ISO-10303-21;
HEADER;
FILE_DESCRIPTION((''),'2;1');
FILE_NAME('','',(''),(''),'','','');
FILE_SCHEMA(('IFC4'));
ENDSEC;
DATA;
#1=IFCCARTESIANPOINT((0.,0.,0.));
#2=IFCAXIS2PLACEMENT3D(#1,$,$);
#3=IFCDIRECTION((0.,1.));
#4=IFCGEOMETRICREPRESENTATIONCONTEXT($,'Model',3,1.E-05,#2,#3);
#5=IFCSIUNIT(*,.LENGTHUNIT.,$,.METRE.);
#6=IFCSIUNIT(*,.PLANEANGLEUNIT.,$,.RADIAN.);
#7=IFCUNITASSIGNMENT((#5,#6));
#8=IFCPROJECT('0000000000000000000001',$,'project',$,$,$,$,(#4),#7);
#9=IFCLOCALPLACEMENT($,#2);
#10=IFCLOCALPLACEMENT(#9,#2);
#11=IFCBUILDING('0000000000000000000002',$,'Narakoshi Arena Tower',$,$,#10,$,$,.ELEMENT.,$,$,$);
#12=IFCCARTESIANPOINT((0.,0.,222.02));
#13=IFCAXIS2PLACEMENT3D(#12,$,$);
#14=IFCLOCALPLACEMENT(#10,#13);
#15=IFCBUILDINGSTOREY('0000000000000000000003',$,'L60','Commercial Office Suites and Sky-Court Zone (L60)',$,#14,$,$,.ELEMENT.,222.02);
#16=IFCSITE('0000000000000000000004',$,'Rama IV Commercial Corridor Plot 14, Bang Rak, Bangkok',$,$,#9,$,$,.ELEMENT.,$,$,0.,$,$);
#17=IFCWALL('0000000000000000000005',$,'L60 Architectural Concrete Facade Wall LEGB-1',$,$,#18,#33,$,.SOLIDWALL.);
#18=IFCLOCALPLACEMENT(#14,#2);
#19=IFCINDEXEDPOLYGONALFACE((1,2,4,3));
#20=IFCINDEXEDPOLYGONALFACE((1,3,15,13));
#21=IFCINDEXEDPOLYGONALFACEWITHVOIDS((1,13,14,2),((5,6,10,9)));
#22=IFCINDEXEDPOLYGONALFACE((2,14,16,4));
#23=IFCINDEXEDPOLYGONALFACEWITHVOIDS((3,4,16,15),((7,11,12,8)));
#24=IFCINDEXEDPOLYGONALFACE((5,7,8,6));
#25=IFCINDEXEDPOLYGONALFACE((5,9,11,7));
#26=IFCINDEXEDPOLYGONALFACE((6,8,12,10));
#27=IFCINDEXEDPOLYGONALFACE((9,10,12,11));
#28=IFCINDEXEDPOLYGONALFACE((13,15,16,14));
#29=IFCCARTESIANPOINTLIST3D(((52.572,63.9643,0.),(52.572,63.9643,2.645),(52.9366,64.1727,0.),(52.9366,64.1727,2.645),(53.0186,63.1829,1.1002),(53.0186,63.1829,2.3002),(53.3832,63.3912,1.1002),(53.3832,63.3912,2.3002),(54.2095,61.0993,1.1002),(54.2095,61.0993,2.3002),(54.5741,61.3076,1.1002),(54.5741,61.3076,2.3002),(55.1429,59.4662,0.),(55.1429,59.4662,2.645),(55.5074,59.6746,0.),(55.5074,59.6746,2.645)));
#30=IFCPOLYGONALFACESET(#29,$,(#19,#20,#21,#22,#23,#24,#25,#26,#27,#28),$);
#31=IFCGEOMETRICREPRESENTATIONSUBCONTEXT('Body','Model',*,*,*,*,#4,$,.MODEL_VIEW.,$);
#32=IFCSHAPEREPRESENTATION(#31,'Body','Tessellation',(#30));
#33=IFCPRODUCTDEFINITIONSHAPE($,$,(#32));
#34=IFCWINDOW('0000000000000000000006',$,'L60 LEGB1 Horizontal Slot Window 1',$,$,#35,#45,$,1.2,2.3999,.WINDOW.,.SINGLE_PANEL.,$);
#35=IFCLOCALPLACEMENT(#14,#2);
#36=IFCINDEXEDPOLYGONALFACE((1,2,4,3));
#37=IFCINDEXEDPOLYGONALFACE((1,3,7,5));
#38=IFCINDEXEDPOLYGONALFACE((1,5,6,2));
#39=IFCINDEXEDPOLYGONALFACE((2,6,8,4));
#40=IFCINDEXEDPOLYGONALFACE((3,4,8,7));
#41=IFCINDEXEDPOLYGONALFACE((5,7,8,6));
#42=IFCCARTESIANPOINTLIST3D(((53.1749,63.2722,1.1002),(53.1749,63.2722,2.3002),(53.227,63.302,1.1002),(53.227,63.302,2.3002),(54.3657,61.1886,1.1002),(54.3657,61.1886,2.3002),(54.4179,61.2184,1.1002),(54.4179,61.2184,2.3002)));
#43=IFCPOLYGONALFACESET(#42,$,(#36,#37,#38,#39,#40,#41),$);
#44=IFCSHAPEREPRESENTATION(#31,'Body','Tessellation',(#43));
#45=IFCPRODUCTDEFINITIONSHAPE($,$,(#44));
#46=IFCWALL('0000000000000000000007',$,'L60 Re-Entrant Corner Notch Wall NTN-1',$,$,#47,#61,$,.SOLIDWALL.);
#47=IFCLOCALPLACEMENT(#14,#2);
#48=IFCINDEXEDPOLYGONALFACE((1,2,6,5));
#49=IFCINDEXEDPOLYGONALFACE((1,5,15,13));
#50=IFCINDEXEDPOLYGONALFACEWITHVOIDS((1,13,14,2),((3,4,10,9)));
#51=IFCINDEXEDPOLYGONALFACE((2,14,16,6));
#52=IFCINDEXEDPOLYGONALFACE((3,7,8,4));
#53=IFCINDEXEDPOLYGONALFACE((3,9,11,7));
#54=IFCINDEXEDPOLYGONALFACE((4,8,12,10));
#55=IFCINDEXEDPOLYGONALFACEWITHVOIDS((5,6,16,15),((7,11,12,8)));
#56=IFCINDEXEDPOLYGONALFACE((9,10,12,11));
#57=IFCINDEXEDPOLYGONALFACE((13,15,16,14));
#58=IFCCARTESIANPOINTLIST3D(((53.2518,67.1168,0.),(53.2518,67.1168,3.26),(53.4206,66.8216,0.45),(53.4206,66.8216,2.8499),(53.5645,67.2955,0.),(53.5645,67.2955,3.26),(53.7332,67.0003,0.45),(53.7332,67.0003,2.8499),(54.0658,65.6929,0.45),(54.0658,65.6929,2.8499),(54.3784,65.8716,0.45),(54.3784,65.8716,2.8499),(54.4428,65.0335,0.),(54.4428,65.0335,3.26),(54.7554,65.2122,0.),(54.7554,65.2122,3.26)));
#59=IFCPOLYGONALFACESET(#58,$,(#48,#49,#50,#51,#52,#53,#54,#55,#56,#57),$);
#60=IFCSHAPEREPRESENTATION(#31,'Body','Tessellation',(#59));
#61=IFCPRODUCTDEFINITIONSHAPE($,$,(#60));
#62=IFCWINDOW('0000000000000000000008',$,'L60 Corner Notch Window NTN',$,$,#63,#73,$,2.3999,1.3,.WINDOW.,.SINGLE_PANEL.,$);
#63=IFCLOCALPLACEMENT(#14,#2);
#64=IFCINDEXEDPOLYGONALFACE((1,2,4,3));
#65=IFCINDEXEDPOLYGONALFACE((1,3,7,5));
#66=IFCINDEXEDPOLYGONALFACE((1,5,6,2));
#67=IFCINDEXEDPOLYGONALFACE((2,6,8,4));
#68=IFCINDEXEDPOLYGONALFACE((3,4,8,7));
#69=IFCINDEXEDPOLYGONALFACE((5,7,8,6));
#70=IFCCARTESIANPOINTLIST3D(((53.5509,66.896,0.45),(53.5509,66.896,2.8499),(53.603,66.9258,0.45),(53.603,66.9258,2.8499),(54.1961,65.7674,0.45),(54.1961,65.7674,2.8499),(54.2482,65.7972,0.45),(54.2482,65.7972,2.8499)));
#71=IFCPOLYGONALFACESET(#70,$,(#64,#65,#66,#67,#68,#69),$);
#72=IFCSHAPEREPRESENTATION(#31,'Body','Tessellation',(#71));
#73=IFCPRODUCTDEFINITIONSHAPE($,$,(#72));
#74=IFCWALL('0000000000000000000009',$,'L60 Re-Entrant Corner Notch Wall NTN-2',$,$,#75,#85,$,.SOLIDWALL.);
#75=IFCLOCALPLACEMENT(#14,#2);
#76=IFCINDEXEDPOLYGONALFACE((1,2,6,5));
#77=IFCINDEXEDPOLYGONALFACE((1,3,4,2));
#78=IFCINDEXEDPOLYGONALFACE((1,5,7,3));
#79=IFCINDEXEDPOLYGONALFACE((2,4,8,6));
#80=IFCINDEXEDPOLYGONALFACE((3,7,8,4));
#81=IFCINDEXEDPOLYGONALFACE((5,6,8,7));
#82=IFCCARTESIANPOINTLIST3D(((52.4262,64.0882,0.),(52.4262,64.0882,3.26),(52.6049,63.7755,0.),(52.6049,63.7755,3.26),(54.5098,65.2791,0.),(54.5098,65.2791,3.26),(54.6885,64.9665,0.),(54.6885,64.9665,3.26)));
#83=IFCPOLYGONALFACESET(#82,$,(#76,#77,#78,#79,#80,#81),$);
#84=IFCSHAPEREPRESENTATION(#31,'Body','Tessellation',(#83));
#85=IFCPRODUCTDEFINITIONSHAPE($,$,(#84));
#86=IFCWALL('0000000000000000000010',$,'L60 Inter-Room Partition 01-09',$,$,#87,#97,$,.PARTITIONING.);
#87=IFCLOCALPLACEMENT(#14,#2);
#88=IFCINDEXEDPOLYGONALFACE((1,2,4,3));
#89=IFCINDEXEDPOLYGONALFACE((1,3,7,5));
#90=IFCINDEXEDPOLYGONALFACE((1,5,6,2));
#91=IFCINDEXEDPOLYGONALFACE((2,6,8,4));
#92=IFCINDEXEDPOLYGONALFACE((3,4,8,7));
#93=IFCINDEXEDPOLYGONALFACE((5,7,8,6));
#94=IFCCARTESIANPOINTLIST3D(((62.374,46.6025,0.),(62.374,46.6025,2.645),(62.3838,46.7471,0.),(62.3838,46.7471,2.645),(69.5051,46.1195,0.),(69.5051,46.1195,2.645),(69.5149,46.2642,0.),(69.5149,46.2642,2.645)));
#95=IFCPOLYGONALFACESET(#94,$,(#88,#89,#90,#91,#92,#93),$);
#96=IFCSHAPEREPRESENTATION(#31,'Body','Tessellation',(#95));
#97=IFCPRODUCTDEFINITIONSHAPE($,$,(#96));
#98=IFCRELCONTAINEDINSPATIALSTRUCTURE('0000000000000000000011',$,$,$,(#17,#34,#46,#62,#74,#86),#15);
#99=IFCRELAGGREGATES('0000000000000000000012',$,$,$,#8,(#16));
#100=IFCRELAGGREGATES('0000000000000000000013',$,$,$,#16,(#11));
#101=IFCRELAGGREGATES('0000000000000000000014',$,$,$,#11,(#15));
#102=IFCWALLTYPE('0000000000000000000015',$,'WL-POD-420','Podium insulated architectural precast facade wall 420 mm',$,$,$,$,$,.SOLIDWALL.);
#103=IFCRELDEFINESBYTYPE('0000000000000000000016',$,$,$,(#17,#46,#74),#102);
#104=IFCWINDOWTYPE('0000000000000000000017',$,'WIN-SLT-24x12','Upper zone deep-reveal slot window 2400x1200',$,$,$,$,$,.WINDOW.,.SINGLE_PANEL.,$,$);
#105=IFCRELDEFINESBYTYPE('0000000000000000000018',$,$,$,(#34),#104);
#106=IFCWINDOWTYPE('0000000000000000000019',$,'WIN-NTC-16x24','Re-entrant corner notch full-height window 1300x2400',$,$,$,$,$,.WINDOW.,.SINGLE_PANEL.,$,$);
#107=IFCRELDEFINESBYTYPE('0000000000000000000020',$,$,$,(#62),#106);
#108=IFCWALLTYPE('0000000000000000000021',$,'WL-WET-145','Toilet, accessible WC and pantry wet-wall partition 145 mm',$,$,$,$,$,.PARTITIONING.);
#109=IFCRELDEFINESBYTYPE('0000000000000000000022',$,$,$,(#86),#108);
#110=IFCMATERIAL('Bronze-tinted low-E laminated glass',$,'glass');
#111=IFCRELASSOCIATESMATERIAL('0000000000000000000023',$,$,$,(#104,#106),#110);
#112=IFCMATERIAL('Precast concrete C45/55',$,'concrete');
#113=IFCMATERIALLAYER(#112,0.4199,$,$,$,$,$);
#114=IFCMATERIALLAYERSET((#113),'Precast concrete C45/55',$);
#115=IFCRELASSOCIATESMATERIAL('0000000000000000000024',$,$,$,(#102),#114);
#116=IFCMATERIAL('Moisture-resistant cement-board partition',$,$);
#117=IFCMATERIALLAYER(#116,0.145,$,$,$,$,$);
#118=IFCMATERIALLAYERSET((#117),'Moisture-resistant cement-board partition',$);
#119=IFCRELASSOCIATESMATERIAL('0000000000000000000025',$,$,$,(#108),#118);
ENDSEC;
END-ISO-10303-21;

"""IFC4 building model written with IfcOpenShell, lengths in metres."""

from ifc_helpers import new_model, si_unit, direction, frame, frame_2d, origin, place, context, subcontext, project, spatial, rectangle, extrude, material, layer, layer_set, type_object, element, fill, save


model = new_model("IFC4")

# Units and contexts
model_context = context("Model", 3, precision=1e-05, world=origin(), true_north=direction((0.0, 1.0)))
body_context = subcontext(model_context, "Body", "Model", "MODEL_VIEW")
ifc_project = project(units=[si_unit("LENGTHUNIT", "METRE"), si_unit("PLANEANGLEUNIT", "RADIAN")], contexts=[model_context])

# Site, building, storey
site_placement = place(None, origin())
site = spatial("IfcSite", under=ifc_project, at=site_placement, Name="Rama IV Commercial Corridor Plot 14, Bang Rak, Bangkok", CompositionType="ELEMENT", RefElevation=0.0)
building_placement = place(site_placement, origin())
building = spatial("IfcBuilding", under=site, at=building_placement, Name="Narakoshi Arena Tower", CompositionType="ELEMENT")
storey_placement = place(building_placement, frame((0.0, 0.0, 222.02)))
storey = spatial("IfcBuildingStorey", under=building, at=storey_placement, Name="L60", Description="Commercial Office Suites and Sky-Court Zone (L60)", CompositionType="ELEMENT", Elevation=222.02)

# Shared definitions
ifc_material_1 = material(Name="Bronze-tinted low-E laminated glass", Category="glass")

# Shared definitions
window_type_1 = type_object("IfcWindowType", Name="WIN-SLT-24x12", Description="Upper zone deep-reveal slot window 2400x1200", PartitioningType="SINGLE_PANEL", PredefinedType="WINDOW", material=ifc_material_1)

# Shared definitions
ifc_material_2 = material(Name="Precast concrete C45/55", Category="concrete")

# Walls, openings, windows
ifc_layer_1 = layer(ifc_material_2, 0.4199)
ifc_layer_set_1 = layer_set([ifc_layer_1], Name="Precast concrete C45/55")
wall_type_1 = type_object("IfcWallType", Name="WL-POD-420", Description="Podium insulated architectural precast facade wall 420 mm", PredefinedType="SOLIDWALL", material=ifc_layer_set_1)
wall_1_placement = place(storey_placement, frame((52.7544, 64.0684, 0.0), z_axis=(0.0, 0.0, 1.0), x_axis=(0.49621, -0.868203, 0.0)))
wall_1 = element("IfcWall", 1, at=wall_1_placement, inside=storey, type_object=wall_type_1, Name="L60 Architectural Concrete Facade Wall LEGB-1", PredefinedType="SOLIDWALL", context=body_context, shape_type="SweptSolid", body=[
    extrude(rectangle(XDim=5.1809, YDim=0.4199, at=frame_2d((2.5903, 0.0))), origin(), (0.0, 0.0, 1.0), 2.645),
])
opening_1_placement = place(wall_1_placement, frame((0.8999, 0.0, 1.1001)))
opening_1 = element("IfcOpeningElement", 2, at=opening_1_placement, cuts=wall_1, PredefinedType="OPENING", context=body_context, shape_type="SweptSolid", body=[
    extrude(rectangle(XDim=2.3999, YDim=1.2, at=frame_2d((1.2, 0.6001))), frame((0.0, 0.22, 0.0), z_axis=(0.0, -1.0, 0.0), x_axis=(1.0, 0.0, 0.0)), (0.0, 0.0, 1.0), 0.4399),
])
window_1_placement = place(opening_1_placement, origin())
window_1 = element("IfcWindow", 3, at=window_1_placement, inside=storey, type_object=window_type_1, Name="L60 LEGB1 Horizontal Slot Window 1", OverallHeight=1.2, OverallWidth=2.3999, PartitioningType="SINGLE_PANEL", PredefinedType="WINDOW", context=body_context, shape_type="SweptSolid", body=[
    extrude(rectangle(XDim=2.3999, YDim=1.2, at=frame_2d((1.2, 0.6001))), frame((0.0, 0.03, 0.0), z_axis=(0.0, -1.0, 0.0), x_axis=(1.0, 0.0, 0.0)), (0.0, 0.0, 1.0), 0.0601),
])
fill(opening_1, window_1)
wall_2_placement = place(storey_placement, frame((53.4082, 67.2061, 0.0), z_axis=(0.0, 0.0, 1.0), x_axis=(0.496292, -0.868155, 0.0)))
wall_2 = element("IfcWall", 4, at=wall_2_placement, inside=storey, type_object=wall_type_1, Name="L60 Re-Entrant Corner Notch Wall NTN-1", PredefinedType="SOLIDWALL", context=body_context, shape_type="SweptSolid", body=[
    extrude(rectangle(XDim=2.3997, YDim=0.3601, at=frame_2d((1.1997, 0.0))), origin(), (0.0, 0.0, 1.0), 3.26),
])
opening_2_placement = place(wall_2_placement, frame((0.3401, 0.0, 0.45)))
opening_2 = element("IfcOpeningElement", 5, at=opening_2_placement, cuts=wall_2, PredefinedType="OPENING", context=body_context, shape_type="SweptSolid", body=[
    extrude(rectangle(XDim=1.3, YDim=2.3999, at=frame_2d((0.6499, 1.2))), frame((0.0, 0.1899, 0.0), z_axis=(0.0, -1.0, 0.0), x_axis=(1.0, 0.0, 0.0)), (0.0, 0.0, 1.0), 0.3801),
])
window_type_2 = type_object("IfcWindowType", Name="WIN-NTC-16x24", Description="Re-entrant corner notch full-height window 1300x2400", PartitioningType="SINGLE_PANEL", PredefinedType="WINDOW", material=ifc_material_1)
window_2_placement = place(opening_2_placement, origin())
window_2 = element("IfcWindow", 6, at=window_2_placement, inside=storey, type_object=window_type_2, Name="L60 Corner Notch Window NTN", OverallHeight=2.3999, OverallWidth=1.3, PartitioningType="SINGLE_PANEL", PredefinedType="WINDOW", context=body_context, shape_type="SweptSolid", body=[
    extrude(rectangle(XDim=1.3, YDim=2.3999, at=frame_2d((0.6499, 1.2))), frame((0.0, 0.03, 0.0), z_axis=(0.0, -1.0, 0.0), x_axis=(1.0, 0.0, 0.0)), (0.0, 0.0, 1.0), 0.0601),
])
fill(opening_2, window_2)

# Walls
wall_3_placement = place(storey_placement, frame((54.5991, 65.1228, 0.0), z_axis=(0.0, 0.0, 1.0), x_axis=(-0.868181, -0.496248, 0.0)))
element("IfcWall", 7, at=wall_3_placement, inside=storey, type_object=wall_type_1, Name="L60 Re-Entrant Corner Notch Wall NTN-2", PredefinedType="SOLIDWALL", context=body_context, shape_type="SweptSolid", body=[
    extrude(rectangle(XDim=2.3999, YDim=0.3601, at=frame_2d((1.2, 0.0))), origin(), (0.0, 0.0, 1.0), 3.26),
])
ifc_material_3 = material(Name="Moisture-resistant cement-board partition")
ifc_layer_2 = layer(ifc_material_3, 0.145)
ifc_layer_set_2 = layer_set([ifc_layer_2], Name="Moisture-resistant cement-board partition")
wall_type_2 = type_object("IfcWallType", Name="WL-WET-145", Description="Toilet, accessible WC and pantry wet-wall partition 145 mm", PredefinedType="PARTITIONING", material=ifc_layer_set_2)
wall_4_placement = place(storey_placement, frame((62.3789, 46.6748, 0.0), z_axis=(0.0, 0.0, 1.0), x_axis=(0.997715, -0.067564, 0.0)))
element("IfcWall", 8, at=wall_4_placement, inside=storey, type_object=wall_type_2, Name="L60 Inter-Room Partition 01-09", PredefinedType="PARTITIONING", context=body_context, shape_type="SweptSolid", body=[
    extrude(rectangle(XDim=7.1475, YDim=0.145, at=frame_2d((3.5737, 0.0))), origin(), (0.0, 0.0, 1.0), 2.645),
])

save(model, "model.ifc")
